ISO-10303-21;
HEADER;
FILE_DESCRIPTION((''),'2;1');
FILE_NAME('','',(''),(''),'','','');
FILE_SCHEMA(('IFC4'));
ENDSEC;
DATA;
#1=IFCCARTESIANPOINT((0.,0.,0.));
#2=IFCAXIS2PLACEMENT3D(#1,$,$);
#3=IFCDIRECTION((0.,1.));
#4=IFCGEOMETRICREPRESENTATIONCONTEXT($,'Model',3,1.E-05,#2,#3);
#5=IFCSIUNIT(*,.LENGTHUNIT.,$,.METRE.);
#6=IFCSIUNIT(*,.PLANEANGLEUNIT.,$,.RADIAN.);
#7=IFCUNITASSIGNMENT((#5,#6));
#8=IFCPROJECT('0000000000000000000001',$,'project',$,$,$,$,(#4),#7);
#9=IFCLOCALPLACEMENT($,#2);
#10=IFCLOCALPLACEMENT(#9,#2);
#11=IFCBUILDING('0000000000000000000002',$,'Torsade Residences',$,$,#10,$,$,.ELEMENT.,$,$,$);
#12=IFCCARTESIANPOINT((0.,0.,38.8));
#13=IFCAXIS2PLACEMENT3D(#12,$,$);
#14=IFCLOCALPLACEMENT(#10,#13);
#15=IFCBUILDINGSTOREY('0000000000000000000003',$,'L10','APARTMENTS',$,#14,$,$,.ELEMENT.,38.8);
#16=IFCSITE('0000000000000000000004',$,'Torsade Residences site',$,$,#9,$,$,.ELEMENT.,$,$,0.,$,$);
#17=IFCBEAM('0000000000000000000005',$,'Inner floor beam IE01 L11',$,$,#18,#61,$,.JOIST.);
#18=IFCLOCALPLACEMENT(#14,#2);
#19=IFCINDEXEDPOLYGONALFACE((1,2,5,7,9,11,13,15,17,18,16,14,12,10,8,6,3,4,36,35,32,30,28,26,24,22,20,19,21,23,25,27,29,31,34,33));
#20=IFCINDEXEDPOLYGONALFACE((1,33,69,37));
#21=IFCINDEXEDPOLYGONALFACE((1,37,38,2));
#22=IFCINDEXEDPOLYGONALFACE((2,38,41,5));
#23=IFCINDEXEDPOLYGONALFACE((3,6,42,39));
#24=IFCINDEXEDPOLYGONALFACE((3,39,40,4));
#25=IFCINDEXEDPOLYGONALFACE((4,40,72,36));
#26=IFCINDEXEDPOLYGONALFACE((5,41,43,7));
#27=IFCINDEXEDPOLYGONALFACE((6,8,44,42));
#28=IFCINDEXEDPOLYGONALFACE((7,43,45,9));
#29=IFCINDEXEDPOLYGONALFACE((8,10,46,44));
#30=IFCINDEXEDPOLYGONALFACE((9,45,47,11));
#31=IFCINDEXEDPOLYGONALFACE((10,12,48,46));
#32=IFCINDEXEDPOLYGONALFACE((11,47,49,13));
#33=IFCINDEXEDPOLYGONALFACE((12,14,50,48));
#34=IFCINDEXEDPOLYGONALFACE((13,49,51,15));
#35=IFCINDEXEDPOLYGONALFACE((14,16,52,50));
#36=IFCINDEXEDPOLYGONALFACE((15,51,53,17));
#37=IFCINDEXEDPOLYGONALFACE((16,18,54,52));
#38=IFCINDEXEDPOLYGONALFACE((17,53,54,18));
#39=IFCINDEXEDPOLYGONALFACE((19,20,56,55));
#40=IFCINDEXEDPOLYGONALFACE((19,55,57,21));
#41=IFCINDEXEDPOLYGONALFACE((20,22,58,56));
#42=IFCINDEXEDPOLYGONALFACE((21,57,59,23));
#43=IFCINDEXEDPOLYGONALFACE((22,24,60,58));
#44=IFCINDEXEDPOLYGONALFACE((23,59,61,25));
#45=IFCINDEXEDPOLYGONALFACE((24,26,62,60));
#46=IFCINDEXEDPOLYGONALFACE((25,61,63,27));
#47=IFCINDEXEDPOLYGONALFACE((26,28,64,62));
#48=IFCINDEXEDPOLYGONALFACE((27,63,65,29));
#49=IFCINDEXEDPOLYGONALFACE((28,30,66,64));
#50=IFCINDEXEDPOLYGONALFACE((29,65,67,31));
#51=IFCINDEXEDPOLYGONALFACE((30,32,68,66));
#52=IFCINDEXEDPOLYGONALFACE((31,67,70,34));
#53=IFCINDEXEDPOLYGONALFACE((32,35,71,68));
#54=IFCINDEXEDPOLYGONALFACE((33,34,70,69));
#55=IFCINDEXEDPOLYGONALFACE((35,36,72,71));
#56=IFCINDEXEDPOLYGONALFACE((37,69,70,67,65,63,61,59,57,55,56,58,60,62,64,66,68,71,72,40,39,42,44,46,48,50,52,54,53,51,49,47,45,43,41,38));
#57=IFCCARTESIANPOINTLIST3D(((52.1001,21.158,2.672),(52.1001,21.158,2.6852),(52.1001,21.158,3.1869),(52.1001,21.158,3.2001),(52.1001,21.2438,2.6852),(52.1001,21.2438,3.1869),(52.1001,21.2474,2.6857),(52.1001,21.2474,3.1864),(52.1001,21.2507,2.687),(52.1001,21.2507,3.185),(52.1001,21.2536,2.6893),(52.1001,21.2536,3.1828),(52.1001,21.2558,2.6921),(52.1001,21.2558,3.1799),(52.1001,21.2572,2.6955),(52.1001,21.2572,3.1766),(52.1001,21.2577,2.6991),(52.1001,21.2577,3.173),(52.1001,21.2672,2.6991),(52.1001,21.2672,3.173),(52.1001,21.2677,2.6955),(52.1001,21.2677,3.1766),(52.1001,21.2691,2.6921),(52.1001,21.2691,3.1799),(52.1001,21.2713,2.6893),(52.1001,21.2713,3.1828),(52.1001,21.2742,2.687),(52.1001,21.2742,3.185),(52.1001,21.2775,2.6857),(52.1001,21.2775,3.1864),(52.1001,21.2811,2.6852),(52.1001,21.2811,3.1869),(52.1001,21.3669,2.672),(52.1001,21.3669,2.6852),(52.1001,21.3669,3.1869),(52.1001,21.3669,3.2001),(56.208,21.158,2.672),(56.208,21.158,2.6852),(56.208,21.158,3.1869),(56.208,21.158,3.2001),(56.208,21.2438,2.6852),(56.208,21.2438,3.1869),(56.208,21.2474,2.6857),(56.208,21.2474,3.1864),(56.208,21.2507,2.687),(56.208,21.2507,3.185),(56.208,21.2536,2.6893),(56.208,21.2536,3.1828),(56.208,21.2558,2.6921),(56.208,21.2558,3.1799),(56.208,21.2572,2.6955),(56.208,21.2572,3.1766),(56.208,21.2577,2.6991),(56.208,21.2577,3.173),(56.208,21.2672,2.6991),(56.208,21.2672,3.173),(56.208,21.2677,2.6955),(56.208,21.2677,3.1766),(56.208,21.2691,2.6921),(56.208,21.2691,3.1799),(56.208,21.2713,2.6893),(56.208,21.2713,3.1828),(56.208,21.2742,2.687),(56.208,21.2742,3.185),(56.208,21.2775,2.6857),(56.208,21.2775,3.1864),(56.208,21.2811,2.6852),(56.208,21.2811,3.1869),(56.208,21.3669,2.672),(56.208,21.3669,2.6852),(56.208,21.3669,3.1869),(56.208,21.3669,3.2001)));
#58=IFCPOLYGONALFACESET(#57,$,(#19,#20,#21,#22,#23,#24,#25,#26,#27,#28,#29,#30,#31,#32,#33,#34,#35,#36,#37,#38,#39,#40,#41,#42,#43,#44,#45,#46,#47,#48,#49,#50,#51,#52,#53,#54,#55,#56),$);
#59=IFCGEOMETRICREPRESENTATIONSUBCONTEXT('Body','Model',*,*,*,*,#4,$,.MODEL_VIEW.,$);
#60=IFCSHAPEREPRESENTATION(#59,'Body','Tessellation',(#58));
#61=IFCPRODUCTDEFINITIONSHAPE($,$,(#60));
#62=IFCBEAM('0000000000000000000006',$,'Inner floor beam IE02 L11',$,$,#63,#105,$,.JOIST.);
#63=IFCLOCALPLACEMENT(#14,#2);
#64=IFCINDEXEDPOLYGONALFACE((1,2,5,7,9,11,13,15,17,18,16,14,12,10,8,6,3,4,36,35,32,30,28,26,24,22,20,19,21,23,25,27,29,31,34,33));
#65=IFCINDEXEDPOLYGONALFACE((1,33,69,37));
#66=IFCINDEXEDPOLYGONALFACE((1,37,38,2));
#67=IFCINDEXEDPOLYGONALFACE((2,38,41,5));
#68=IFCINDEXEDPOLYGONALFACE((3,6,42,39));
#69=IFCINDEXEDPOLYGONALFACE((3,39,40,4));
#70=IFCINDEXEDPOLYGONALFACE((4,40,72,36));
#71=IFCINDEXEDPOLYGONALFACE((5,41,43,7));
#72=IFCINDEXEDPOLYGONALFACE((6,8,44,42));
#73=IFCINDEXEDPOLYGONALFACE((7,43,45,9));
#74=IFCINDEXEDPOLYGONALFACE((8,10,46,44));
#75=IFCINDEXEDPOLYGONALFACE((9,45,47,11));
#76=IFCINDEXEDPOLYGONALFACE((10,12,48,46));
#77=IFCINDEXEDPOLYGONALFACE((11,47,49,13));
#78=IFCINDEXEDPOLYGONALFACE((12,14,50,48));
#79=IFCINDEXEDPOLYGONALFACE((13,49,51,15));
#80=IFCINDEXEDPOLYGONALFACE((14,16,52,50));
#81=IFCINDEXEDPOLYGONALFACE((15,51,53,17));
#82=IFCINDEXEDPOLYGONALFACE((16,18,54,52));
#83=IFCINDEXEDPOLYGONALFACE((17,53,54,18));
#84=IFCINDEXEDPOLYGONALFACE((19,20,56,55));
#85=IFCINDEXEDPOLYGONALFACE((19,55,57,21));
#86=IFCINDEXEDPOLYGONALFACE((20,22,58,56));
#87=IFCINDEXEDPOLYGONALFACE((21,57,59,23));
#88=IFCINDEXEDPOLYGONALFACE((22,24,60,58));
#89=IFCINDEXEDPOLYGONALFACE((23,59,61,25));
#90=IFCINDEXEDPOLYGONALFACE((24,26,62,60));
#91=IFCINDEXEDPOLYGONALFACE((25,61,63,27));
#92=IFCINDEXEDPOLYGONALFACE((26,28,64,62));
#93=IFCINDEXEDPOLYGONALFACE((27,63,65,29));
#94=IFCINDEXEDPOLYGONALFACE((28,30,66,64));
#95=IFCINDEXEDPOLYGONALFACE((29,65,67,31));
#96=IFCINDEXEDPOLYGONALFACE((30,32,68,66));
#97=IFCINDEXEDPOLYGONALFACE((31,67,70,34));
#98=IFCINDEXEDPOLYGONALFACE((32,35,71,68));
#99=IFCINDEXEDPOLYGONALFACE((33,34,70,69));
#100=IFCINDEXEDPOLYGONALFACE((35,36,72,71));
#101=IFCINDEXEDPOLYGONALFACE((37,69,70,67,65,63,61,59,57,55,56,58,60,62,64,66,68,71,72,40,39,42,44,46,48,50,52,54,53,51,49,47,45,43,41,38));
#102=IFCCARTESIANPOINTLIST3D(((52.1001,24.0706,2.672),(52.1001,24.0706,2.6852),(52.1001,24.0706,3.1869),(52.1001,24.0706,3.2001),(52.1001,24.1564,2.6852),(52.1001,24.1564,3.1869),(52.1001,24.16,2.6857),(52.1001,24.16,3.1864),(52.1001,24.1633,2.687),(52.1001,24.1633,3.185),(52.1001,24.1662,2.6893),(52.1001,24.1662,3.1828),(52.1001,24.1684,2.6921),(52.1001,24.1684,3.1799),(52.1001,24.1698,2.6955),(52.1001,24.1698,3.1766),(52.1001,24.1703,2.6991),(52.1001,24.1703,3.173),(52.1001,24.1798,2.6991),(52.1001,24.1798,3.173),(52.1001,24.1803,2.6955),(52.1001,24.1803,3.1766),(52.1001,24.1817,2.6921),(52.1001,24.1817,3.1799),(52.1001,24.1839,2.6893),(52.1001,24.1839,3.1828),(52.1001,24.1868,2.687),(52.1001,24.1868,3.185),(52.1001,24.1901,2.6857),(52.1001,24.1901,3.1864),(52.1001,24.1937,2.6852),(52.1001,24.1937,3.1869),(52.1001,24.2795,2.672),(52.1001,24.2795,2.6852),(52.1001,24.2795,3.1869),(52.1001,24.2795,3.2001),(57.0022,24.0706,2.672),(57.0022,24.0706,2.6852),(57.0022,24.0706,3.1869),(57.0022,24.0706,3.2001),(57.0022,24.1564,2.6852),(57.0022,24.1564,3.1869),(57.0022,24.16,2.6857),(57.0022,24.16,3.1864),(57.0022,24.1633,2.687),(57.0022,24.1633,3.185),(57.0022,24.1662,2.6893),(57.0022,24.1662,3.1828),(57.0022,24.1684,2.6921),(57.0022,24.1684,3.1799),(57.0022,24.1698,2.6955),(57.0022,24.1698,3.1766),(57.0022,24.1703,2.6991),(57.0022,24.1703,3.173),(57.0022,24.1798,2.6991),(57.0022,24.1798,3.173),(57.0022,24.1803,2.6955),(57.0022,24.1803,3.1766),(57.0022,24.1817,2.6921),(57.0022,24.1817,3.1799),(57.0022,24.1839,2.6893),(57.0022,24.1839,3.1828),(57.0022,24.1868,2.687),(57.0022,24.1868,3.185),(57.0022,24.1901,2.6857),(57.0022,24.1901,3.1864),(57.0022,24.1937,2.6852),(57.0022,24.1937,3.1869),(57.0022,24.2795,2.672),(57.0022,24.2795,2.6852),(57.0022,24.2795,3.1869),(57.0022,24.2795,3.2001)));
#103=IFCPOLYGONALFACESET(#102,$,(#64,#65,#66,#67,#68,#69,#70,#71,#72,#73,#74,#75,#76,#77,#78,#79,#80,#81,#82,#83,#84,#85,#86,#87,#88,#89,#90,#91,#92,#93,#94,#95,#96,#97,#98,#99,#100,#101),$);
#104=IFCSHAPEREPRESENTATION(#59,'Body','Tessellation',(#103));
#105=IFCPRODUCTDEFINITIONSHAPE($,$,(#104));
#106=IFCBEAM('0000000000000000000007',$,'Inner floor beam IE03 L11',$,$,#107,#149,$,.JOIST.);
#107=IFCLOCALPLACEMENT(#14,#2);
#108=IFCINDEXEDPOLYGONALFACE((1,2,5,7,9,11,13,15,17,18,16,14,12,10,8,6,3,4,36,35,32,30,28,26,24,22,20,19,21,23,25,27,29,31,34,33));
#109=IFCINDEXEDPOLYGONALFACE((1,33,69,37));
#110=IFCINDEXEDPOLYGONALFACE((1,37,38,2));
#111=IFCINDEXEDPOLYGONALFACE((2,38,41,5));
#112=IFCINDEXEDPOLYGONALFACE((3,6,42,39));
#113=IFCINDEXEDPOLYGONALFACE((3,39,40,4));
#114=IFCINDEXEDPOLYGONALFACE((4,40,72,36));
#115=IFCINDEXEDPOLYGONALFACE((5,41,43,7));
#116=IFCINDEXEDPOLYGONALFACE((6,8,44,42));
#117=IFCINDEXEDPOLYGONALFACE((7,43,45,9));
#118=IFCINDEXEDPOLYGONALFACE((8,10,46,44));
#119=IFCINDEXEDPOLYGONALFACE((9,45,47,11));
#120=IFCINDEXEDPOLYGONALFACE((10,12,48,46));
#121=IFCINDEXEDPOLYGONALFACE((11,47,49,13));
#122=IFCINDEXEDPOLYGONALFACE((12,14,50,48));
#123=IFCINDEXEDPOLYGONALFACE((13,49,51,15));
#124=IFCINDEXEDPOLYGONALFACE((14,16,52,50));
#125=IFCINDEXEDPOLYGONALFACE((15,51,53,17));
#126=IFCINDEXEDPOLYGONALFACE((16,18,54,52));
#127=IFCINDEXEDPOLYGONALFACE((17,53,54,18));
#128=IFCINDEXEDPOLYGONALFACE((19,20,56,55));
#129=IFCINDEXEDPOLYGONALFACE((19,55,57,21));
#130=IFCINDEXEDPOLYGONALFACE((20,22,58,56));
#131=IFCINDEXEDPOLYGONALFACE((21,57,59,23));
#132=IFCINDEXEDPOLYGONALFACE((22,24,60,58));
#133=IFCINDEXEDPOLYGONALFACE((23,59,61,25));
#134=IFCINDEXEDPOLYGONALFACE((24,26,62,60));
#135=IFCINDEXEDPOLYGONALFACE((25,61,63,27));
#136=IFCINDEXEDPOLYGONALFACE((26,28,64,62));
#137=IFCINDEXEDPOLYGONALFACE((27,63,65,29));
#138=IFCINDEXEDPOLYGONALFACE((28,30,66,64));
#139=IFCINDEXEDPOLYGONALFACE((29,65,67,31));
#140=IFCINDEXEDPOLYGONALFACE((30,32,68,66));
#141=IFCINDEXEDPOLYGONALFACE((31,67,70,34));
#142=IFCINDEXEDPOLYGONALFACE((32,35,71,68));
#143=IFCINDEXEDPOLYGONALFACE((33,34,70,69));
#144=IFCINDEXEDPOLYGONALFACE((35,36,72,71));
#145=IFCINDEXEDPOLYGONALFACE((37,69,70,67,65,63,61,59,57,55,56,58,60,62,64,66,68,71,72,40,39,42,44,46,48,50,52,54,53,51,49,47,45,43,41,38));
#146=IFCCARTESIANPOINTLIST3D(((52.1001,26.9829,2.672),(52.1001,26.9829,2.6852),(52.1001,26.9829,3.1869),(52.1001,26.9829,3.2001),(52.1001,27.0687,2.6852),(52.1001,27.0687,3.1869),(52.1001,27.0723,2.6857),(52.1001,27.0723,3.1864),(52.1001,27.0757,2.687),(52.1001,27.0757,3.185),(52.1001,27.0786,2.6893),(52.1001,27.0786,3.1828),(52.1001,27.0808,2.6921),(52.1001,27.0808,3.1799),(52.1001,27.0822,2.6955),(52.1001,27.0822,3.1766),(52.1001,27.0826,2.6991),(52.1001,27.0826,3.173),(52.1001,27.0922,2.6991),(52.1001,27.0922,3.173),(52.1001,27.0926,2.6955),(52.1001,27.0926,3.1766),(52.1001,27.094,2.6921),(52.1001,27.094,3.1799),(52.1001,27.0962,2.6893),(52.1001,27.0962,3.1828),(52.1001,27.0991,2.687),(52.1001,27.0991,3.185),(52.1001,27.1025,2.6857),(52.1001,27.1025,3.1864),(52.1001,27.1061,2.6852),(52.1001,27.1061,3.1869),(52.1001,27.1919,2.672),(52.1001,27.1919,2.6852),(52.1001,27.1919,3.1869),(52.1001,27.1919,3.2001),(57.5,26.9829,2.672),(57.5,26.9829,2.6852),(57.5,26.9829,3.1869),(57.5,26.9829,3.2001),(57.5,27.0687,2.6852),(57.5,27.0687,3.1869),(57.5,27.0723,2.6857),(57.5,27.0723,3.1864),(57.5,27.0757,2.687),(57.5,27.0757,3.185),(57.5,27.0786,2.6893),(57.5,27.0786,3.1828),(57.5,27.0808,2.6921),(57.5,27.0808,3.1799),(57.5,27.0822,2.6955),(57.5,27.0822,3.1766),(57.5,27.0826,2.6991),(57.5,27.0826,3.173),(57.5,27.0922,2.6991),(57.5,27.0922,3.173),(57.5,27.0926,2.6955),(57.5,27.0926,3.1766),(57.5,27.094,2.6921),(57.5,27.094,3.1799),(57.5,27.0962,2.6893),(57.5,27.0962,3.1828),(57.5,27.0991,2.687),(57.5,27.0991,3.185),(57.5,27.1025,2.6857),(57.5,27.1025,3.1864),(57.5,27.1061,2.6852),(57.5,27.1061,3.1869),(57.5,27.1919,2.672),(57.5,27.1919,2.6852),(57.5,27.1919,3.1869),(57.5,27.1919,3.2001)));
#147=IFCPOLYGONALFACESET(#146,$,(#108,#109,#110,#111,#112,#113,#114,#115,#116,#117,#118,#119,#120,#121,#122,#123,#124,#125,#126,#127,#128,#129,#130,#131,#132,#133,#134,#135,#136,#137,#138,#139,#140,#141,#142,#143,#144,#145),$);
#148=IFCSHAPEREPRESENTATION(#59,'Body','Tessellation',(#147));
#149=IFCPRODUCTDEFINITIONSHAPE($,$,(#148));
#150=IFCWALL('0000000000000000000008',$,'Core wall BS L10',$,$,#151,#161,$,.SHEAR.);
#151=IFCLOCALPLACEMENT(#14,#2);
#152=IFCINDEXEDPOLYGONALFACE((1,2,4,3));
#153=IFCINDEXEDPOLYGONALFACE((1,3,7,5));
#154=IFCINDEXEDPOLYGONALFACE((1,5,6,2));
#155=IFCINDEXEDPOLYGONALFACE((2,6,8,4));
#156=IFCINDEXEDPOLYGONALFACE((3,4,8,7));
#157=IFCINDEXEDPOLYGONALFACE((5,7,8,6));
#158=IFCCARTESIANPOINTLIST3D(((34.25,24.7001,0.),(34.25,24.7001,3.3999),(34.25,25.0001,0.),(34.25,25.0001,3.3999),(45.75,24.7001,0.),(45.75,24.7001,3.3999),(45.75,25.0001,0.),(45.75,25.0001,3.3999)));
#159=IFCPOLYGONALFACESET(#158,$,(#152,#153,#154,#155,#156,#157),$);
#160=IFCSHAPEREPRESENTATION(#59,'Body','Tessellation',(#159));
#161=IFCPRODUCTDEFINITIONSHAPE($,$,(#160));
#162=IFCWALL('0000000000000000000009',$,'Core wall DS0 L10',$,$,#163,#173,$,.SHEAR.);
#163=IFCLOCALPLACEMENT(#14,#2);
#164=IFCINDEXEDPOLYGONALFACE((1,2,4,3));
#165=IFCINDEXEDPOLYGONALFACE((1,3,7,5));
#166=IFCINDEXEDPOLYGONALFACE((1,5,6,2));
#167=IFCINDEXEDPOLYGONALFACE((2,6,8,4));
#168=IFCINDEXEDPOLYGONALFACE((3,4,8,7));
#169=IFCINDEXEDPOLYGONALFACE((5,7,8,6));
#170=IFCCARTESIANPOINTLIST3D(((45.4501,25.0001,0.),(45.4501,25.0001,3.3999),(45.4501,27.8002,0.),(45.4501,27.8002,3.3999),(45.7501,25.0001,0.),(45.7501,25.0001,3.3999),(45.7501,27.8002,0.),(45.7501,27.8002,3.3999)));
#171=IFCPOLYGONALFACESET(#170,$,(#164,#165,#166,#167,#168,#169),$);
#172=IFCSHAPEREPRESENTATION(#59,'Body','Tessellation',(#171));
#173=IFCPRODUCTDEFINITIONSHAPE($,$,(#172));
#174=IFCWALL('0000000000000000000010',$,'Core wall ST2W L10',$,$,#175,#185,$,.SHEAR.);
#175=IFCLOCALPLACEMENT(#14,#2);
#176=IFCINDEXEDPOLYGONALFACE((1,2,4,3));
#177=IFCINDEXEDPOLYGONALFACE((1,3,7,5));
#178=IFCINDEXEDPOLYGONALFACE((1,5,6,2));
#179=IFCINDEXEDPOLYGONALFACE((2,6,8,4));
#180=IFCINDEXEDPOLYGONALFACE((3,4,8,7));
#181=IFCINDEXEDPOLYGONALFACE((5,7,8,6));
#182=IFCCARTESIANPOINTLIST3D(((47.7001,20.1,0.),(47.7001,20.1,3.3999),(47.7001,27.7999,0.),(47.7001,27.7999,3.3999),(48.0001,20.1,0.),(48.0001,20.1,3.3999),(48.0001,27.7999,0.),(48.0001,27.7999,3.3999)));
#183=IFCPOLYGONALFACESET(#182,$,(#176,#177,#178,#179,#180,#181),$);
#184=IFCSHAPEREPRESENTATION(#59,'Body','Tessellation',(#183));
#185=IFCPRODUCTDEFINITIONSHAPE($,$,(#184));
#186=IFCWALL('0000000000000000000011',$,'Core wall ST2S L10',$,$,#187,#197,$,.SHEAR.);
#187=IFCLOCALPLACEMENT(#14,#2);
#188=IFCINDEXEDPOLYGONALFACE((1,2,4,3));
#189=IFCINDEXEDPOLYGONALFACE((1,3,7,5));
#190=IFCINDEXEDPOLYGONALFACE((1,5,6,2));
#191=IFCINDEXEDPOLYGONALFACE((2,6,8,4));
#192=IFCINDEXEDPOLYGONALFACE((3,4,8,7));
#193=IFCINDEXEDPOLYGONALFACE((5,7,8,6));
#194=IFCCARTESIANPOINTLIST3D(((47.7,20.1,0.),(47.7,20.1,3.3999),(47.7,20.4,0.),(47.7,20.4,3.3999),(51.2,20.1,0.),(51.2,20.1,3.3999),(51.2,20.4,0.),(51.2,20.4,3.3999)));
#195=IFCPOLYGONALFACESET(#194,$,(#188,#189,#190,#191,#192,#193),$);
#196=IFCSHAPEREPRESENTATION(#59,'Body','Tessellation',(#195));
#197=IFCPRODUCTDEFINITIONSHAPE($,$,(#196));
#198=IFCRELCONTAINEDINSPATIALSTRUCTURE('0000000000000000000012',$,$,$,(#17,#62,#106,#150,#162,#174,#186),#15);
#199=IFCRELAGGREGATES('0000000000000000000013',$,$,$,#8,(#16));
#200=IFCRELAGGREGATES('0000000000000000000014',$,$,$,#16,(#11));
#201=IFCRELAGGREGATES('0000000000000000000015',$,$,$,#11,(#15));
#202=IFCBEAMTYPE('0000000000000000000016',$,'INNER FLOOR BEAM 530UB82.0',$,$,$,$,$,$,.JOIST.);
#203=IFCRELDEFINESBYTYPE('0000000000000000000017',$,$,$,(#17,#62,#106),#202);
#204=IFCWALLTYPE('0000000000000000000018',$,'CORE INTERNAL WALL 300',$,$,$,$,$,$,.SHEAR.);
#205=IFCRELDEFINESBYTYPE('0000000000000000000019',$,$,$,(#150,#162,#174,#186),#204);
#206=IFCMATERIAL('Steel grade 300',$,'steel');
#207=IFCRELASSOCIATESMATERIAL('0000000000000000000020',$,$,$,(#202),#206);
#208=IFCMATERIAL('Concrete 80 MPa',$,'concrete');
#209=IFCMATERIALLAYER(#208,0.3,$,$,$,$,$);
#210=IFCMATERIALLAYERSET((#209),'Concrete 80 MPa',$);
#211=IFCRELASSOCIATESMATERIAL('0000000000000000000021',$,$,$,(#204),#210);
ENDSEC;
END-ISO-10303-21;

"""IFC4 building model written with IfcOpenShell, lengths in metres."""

from ifc_helpers import new_model, si_unit, direction, frame, frame_2d, origin, origin_2d, place, context, subcontext, project, spatial, rectangle, i_section, extrude, material, layer, layer_set, material_profile, profile_set, type_object, element, save


model = new_model("IFC4")

# Units and contexts
model_context = context("Model", 3, precision=1e-05, world=origin(), true_north=direction((0.0, 1.0)))
body_context = subcontext(model_context, "Body", "Model", "MODEL_VIEW")
ifc_project = project(units=[si_unit("LENGTHUNIT", "METRE"), si_unit("PLANEANGLEUNIT", "RADIAN")], contexts=[model_context])

# Site, building, storey
site_placement = place(None, origin())
site = spatial("IfcSite", under=ifc_project, at=site_placement, Name="Torsade Residences site", CompositionType="ELEMENT", RefElevation=0.0)
building_placement = place(site_placement, origin())
building = spatial("IfcBuilding", under=site, at=building_placement, Name="Torsade Residences", CompositionType="ELEMENT")
storey_placement = place(building_placement, frame((0.0, 0.0, 38.8)))
storey = spatial("IfcBuildingStorey", under=building, at=storey_placement, Name="L10", Description="APARTMENTS", CompositionType="ELEMENT", Elevation=38.8)

# Beams
ifc_material_1 = material(Name="Steel grade 300", Category="steel")
ifc_material_profile = material_profile(ifc_material_1, i_section(OverallWidth=0.209, OverallDepth=0.5281, WebThickness=0.0095, FlangeThickness=0.0132, FilletRadius=0.0139, at=origin_2d()), Name="530UB82.0")
ifc_profile_set = profile_set([ifc_material_profile], Name="Steel grade 300")
beam_type = type_object("IfcBeamType", Name="INNER FLOOR BEAM 530UB82.0", PredefinedType="JOIST", material=ifc_profile_set)
beam_1_placement = place(storey_placement, frame((52.1001, 21.2625, 2.936), z_axis=(1.0, 0.0, 0.0), x_axis=(0.0, 1.0, 0.0)))
element("IfcBeam", 1, at=beam_1_placement, inside=storey, type_object=beam_type, Name="Inner floor beam IE01 L11", PredefinedType="JOIST", context=body_context, shape_type="SweptSolid", body=[
    extrude(i_section(OverallWidth=0.209, OverallDepth=0.5281, WebThickness=0.0095, FlangeThickness=0.0132, FilletRadius=0.0139, at=origin_2d()), origin(), (0.0, 0.0, 1.0), 4.1079),
])
beam_2_placement = place(storey_placement, frame((52.1001, 24.175, 2.936), z_axis=(1.0, 0.0, 0.0), x_axis=(0.0, 1.0, 0.0)))
element("IfcBeam", 2, at=beam_2_placement, inside=storey, type_object=beam_type, Name="Inner floor beam IE02 L11", PredefinedType="JOIST", context=body_context, shape_type="SweptSolid", body=[
    extrude(i_section(OverallWidth=0.209, OverallDepth=0.5281, WebThickness=0.0095, FlangeThickness=0.0132, FilletRadius=0.0139, at=origin_2d()), origin(), (0.0, 0.0, 1.0), 4.9021),
])
beam_3_placement = place(storey_placement, frame((52.1001, 27.0874, 2.936), z_axis=(1.0, 0.0, 0.0), x_axis=(0.0, 1.0, 0.0)))
element("IfcBeam", 3, at=beam_3_placement, inside=storey, type_object=beam_type, Name="Inner floor beam IE03 L11", PredefinedType="JOIST", context=body_context, shape_type="SweptSolid", body=[
    extrude(i_section(OverallWidth=0.209, OverallDepth=0.5281, WebThickness=0.0095, FlangeThickness=0.0132, FilletRadius=0.0139, at=origin_2d()), origin(), (0.0, 0.0, 1.0), 5.3999),
])

# Walls
ifc_material_2 = material(Name="Concrete 80 MPa", Category="concrete")
ifc_layer_1 = layer(ifc_material_2, 0.3)
ifc_layer_set_1 = layer_set([ifc_layer_1], Name="Concrete 80 MPa")
wall_type_1 = type_object("IfcWallType", Name="CORE INTERNAL WALL 300", PredefinedType="SHEAR", material=ifc_layer_set_1)
wall_1_placement = place(storey_placement, frame((45.75, 24.8501, 0.0), z_axis=(0.0, 0.0, 1.0), x_axis=(-1.0, 0.0, 0.0)))
element("IfcWall", 4, at=wall_1_placement, inside=storey, type_object=wall_type_1, Name="Core wall BS L10", PredefinedType="SHEAR", context=body_context, shape_type="SweptSolid", body=[
    extrude(rectangle(XDim=11.5, YDim=0.3, at=frame_2d((5.75, 0.0))), origin(), (0.0, 0.0, 1.0), 3.3999),
])
wall_2_placement = place(storey_placement, frame((45.6001, 27.8, 0.0), z_axis=(0.0, 0.0, 1.0), x_axis=(0.0, -1.0, 0.0)))
element("IfcWall", 5, at=wall_2_placement, inside=storey, type_object=wall_type_1, Name="Core wall DS0 L10", PredefinedType="SHEAR", context=body_context, shape_type="SweptSolid", body=[
    extrude(rectangle(XDim=2.8, YDim=0.3, at=frame_2d((1.3999, 0.0))), origin(), (0.0, 0.0, 1.0), 3.3999),
])
wall_3_placement = place(storey_placement, frame((47.8501, 27.8, 0.0), z_axis=(0.0, 0.0, 1.0), x_axis=(0.0, -1.0, 0.0)))
element("IfcWall", 6, at=wall_3_placement, inside=storey, type_object=wall_type_1, Name="Core wall ST2W L10", PredefinedType="SHEAR", context=body_context, shape_type="SweptSolid", body=[
    extrude(rectangle(XDim=7.7, YDim=0.3, at=frame_2d((3.8501, 0.0))), origin(), (0.0, 0.0, 1.0), 3.3999),
])
wall_4_placement = place(storey_placement, frame((51.2, 20.25, 0.0), z_axis=(0.0, 0.0, 1.0), x_axis=(-1.0, 0.0, 0.0)))
element("IfcWall", 7, at=wall_4_placement, inside=storey, type_object=wall_type_1, Name="Core wall ST2S L10", PredefinedType="SHEAR", context=body_context, shape_type="SweptSolid", body=[
    extrude(rectangle(XDim=3.5, YDim=0.3, at=frame_2d((1.75, 0.0))), origin(), (0.0, 0.0, 1.0), 3.3999),
])

save(model, "model.ifc")
